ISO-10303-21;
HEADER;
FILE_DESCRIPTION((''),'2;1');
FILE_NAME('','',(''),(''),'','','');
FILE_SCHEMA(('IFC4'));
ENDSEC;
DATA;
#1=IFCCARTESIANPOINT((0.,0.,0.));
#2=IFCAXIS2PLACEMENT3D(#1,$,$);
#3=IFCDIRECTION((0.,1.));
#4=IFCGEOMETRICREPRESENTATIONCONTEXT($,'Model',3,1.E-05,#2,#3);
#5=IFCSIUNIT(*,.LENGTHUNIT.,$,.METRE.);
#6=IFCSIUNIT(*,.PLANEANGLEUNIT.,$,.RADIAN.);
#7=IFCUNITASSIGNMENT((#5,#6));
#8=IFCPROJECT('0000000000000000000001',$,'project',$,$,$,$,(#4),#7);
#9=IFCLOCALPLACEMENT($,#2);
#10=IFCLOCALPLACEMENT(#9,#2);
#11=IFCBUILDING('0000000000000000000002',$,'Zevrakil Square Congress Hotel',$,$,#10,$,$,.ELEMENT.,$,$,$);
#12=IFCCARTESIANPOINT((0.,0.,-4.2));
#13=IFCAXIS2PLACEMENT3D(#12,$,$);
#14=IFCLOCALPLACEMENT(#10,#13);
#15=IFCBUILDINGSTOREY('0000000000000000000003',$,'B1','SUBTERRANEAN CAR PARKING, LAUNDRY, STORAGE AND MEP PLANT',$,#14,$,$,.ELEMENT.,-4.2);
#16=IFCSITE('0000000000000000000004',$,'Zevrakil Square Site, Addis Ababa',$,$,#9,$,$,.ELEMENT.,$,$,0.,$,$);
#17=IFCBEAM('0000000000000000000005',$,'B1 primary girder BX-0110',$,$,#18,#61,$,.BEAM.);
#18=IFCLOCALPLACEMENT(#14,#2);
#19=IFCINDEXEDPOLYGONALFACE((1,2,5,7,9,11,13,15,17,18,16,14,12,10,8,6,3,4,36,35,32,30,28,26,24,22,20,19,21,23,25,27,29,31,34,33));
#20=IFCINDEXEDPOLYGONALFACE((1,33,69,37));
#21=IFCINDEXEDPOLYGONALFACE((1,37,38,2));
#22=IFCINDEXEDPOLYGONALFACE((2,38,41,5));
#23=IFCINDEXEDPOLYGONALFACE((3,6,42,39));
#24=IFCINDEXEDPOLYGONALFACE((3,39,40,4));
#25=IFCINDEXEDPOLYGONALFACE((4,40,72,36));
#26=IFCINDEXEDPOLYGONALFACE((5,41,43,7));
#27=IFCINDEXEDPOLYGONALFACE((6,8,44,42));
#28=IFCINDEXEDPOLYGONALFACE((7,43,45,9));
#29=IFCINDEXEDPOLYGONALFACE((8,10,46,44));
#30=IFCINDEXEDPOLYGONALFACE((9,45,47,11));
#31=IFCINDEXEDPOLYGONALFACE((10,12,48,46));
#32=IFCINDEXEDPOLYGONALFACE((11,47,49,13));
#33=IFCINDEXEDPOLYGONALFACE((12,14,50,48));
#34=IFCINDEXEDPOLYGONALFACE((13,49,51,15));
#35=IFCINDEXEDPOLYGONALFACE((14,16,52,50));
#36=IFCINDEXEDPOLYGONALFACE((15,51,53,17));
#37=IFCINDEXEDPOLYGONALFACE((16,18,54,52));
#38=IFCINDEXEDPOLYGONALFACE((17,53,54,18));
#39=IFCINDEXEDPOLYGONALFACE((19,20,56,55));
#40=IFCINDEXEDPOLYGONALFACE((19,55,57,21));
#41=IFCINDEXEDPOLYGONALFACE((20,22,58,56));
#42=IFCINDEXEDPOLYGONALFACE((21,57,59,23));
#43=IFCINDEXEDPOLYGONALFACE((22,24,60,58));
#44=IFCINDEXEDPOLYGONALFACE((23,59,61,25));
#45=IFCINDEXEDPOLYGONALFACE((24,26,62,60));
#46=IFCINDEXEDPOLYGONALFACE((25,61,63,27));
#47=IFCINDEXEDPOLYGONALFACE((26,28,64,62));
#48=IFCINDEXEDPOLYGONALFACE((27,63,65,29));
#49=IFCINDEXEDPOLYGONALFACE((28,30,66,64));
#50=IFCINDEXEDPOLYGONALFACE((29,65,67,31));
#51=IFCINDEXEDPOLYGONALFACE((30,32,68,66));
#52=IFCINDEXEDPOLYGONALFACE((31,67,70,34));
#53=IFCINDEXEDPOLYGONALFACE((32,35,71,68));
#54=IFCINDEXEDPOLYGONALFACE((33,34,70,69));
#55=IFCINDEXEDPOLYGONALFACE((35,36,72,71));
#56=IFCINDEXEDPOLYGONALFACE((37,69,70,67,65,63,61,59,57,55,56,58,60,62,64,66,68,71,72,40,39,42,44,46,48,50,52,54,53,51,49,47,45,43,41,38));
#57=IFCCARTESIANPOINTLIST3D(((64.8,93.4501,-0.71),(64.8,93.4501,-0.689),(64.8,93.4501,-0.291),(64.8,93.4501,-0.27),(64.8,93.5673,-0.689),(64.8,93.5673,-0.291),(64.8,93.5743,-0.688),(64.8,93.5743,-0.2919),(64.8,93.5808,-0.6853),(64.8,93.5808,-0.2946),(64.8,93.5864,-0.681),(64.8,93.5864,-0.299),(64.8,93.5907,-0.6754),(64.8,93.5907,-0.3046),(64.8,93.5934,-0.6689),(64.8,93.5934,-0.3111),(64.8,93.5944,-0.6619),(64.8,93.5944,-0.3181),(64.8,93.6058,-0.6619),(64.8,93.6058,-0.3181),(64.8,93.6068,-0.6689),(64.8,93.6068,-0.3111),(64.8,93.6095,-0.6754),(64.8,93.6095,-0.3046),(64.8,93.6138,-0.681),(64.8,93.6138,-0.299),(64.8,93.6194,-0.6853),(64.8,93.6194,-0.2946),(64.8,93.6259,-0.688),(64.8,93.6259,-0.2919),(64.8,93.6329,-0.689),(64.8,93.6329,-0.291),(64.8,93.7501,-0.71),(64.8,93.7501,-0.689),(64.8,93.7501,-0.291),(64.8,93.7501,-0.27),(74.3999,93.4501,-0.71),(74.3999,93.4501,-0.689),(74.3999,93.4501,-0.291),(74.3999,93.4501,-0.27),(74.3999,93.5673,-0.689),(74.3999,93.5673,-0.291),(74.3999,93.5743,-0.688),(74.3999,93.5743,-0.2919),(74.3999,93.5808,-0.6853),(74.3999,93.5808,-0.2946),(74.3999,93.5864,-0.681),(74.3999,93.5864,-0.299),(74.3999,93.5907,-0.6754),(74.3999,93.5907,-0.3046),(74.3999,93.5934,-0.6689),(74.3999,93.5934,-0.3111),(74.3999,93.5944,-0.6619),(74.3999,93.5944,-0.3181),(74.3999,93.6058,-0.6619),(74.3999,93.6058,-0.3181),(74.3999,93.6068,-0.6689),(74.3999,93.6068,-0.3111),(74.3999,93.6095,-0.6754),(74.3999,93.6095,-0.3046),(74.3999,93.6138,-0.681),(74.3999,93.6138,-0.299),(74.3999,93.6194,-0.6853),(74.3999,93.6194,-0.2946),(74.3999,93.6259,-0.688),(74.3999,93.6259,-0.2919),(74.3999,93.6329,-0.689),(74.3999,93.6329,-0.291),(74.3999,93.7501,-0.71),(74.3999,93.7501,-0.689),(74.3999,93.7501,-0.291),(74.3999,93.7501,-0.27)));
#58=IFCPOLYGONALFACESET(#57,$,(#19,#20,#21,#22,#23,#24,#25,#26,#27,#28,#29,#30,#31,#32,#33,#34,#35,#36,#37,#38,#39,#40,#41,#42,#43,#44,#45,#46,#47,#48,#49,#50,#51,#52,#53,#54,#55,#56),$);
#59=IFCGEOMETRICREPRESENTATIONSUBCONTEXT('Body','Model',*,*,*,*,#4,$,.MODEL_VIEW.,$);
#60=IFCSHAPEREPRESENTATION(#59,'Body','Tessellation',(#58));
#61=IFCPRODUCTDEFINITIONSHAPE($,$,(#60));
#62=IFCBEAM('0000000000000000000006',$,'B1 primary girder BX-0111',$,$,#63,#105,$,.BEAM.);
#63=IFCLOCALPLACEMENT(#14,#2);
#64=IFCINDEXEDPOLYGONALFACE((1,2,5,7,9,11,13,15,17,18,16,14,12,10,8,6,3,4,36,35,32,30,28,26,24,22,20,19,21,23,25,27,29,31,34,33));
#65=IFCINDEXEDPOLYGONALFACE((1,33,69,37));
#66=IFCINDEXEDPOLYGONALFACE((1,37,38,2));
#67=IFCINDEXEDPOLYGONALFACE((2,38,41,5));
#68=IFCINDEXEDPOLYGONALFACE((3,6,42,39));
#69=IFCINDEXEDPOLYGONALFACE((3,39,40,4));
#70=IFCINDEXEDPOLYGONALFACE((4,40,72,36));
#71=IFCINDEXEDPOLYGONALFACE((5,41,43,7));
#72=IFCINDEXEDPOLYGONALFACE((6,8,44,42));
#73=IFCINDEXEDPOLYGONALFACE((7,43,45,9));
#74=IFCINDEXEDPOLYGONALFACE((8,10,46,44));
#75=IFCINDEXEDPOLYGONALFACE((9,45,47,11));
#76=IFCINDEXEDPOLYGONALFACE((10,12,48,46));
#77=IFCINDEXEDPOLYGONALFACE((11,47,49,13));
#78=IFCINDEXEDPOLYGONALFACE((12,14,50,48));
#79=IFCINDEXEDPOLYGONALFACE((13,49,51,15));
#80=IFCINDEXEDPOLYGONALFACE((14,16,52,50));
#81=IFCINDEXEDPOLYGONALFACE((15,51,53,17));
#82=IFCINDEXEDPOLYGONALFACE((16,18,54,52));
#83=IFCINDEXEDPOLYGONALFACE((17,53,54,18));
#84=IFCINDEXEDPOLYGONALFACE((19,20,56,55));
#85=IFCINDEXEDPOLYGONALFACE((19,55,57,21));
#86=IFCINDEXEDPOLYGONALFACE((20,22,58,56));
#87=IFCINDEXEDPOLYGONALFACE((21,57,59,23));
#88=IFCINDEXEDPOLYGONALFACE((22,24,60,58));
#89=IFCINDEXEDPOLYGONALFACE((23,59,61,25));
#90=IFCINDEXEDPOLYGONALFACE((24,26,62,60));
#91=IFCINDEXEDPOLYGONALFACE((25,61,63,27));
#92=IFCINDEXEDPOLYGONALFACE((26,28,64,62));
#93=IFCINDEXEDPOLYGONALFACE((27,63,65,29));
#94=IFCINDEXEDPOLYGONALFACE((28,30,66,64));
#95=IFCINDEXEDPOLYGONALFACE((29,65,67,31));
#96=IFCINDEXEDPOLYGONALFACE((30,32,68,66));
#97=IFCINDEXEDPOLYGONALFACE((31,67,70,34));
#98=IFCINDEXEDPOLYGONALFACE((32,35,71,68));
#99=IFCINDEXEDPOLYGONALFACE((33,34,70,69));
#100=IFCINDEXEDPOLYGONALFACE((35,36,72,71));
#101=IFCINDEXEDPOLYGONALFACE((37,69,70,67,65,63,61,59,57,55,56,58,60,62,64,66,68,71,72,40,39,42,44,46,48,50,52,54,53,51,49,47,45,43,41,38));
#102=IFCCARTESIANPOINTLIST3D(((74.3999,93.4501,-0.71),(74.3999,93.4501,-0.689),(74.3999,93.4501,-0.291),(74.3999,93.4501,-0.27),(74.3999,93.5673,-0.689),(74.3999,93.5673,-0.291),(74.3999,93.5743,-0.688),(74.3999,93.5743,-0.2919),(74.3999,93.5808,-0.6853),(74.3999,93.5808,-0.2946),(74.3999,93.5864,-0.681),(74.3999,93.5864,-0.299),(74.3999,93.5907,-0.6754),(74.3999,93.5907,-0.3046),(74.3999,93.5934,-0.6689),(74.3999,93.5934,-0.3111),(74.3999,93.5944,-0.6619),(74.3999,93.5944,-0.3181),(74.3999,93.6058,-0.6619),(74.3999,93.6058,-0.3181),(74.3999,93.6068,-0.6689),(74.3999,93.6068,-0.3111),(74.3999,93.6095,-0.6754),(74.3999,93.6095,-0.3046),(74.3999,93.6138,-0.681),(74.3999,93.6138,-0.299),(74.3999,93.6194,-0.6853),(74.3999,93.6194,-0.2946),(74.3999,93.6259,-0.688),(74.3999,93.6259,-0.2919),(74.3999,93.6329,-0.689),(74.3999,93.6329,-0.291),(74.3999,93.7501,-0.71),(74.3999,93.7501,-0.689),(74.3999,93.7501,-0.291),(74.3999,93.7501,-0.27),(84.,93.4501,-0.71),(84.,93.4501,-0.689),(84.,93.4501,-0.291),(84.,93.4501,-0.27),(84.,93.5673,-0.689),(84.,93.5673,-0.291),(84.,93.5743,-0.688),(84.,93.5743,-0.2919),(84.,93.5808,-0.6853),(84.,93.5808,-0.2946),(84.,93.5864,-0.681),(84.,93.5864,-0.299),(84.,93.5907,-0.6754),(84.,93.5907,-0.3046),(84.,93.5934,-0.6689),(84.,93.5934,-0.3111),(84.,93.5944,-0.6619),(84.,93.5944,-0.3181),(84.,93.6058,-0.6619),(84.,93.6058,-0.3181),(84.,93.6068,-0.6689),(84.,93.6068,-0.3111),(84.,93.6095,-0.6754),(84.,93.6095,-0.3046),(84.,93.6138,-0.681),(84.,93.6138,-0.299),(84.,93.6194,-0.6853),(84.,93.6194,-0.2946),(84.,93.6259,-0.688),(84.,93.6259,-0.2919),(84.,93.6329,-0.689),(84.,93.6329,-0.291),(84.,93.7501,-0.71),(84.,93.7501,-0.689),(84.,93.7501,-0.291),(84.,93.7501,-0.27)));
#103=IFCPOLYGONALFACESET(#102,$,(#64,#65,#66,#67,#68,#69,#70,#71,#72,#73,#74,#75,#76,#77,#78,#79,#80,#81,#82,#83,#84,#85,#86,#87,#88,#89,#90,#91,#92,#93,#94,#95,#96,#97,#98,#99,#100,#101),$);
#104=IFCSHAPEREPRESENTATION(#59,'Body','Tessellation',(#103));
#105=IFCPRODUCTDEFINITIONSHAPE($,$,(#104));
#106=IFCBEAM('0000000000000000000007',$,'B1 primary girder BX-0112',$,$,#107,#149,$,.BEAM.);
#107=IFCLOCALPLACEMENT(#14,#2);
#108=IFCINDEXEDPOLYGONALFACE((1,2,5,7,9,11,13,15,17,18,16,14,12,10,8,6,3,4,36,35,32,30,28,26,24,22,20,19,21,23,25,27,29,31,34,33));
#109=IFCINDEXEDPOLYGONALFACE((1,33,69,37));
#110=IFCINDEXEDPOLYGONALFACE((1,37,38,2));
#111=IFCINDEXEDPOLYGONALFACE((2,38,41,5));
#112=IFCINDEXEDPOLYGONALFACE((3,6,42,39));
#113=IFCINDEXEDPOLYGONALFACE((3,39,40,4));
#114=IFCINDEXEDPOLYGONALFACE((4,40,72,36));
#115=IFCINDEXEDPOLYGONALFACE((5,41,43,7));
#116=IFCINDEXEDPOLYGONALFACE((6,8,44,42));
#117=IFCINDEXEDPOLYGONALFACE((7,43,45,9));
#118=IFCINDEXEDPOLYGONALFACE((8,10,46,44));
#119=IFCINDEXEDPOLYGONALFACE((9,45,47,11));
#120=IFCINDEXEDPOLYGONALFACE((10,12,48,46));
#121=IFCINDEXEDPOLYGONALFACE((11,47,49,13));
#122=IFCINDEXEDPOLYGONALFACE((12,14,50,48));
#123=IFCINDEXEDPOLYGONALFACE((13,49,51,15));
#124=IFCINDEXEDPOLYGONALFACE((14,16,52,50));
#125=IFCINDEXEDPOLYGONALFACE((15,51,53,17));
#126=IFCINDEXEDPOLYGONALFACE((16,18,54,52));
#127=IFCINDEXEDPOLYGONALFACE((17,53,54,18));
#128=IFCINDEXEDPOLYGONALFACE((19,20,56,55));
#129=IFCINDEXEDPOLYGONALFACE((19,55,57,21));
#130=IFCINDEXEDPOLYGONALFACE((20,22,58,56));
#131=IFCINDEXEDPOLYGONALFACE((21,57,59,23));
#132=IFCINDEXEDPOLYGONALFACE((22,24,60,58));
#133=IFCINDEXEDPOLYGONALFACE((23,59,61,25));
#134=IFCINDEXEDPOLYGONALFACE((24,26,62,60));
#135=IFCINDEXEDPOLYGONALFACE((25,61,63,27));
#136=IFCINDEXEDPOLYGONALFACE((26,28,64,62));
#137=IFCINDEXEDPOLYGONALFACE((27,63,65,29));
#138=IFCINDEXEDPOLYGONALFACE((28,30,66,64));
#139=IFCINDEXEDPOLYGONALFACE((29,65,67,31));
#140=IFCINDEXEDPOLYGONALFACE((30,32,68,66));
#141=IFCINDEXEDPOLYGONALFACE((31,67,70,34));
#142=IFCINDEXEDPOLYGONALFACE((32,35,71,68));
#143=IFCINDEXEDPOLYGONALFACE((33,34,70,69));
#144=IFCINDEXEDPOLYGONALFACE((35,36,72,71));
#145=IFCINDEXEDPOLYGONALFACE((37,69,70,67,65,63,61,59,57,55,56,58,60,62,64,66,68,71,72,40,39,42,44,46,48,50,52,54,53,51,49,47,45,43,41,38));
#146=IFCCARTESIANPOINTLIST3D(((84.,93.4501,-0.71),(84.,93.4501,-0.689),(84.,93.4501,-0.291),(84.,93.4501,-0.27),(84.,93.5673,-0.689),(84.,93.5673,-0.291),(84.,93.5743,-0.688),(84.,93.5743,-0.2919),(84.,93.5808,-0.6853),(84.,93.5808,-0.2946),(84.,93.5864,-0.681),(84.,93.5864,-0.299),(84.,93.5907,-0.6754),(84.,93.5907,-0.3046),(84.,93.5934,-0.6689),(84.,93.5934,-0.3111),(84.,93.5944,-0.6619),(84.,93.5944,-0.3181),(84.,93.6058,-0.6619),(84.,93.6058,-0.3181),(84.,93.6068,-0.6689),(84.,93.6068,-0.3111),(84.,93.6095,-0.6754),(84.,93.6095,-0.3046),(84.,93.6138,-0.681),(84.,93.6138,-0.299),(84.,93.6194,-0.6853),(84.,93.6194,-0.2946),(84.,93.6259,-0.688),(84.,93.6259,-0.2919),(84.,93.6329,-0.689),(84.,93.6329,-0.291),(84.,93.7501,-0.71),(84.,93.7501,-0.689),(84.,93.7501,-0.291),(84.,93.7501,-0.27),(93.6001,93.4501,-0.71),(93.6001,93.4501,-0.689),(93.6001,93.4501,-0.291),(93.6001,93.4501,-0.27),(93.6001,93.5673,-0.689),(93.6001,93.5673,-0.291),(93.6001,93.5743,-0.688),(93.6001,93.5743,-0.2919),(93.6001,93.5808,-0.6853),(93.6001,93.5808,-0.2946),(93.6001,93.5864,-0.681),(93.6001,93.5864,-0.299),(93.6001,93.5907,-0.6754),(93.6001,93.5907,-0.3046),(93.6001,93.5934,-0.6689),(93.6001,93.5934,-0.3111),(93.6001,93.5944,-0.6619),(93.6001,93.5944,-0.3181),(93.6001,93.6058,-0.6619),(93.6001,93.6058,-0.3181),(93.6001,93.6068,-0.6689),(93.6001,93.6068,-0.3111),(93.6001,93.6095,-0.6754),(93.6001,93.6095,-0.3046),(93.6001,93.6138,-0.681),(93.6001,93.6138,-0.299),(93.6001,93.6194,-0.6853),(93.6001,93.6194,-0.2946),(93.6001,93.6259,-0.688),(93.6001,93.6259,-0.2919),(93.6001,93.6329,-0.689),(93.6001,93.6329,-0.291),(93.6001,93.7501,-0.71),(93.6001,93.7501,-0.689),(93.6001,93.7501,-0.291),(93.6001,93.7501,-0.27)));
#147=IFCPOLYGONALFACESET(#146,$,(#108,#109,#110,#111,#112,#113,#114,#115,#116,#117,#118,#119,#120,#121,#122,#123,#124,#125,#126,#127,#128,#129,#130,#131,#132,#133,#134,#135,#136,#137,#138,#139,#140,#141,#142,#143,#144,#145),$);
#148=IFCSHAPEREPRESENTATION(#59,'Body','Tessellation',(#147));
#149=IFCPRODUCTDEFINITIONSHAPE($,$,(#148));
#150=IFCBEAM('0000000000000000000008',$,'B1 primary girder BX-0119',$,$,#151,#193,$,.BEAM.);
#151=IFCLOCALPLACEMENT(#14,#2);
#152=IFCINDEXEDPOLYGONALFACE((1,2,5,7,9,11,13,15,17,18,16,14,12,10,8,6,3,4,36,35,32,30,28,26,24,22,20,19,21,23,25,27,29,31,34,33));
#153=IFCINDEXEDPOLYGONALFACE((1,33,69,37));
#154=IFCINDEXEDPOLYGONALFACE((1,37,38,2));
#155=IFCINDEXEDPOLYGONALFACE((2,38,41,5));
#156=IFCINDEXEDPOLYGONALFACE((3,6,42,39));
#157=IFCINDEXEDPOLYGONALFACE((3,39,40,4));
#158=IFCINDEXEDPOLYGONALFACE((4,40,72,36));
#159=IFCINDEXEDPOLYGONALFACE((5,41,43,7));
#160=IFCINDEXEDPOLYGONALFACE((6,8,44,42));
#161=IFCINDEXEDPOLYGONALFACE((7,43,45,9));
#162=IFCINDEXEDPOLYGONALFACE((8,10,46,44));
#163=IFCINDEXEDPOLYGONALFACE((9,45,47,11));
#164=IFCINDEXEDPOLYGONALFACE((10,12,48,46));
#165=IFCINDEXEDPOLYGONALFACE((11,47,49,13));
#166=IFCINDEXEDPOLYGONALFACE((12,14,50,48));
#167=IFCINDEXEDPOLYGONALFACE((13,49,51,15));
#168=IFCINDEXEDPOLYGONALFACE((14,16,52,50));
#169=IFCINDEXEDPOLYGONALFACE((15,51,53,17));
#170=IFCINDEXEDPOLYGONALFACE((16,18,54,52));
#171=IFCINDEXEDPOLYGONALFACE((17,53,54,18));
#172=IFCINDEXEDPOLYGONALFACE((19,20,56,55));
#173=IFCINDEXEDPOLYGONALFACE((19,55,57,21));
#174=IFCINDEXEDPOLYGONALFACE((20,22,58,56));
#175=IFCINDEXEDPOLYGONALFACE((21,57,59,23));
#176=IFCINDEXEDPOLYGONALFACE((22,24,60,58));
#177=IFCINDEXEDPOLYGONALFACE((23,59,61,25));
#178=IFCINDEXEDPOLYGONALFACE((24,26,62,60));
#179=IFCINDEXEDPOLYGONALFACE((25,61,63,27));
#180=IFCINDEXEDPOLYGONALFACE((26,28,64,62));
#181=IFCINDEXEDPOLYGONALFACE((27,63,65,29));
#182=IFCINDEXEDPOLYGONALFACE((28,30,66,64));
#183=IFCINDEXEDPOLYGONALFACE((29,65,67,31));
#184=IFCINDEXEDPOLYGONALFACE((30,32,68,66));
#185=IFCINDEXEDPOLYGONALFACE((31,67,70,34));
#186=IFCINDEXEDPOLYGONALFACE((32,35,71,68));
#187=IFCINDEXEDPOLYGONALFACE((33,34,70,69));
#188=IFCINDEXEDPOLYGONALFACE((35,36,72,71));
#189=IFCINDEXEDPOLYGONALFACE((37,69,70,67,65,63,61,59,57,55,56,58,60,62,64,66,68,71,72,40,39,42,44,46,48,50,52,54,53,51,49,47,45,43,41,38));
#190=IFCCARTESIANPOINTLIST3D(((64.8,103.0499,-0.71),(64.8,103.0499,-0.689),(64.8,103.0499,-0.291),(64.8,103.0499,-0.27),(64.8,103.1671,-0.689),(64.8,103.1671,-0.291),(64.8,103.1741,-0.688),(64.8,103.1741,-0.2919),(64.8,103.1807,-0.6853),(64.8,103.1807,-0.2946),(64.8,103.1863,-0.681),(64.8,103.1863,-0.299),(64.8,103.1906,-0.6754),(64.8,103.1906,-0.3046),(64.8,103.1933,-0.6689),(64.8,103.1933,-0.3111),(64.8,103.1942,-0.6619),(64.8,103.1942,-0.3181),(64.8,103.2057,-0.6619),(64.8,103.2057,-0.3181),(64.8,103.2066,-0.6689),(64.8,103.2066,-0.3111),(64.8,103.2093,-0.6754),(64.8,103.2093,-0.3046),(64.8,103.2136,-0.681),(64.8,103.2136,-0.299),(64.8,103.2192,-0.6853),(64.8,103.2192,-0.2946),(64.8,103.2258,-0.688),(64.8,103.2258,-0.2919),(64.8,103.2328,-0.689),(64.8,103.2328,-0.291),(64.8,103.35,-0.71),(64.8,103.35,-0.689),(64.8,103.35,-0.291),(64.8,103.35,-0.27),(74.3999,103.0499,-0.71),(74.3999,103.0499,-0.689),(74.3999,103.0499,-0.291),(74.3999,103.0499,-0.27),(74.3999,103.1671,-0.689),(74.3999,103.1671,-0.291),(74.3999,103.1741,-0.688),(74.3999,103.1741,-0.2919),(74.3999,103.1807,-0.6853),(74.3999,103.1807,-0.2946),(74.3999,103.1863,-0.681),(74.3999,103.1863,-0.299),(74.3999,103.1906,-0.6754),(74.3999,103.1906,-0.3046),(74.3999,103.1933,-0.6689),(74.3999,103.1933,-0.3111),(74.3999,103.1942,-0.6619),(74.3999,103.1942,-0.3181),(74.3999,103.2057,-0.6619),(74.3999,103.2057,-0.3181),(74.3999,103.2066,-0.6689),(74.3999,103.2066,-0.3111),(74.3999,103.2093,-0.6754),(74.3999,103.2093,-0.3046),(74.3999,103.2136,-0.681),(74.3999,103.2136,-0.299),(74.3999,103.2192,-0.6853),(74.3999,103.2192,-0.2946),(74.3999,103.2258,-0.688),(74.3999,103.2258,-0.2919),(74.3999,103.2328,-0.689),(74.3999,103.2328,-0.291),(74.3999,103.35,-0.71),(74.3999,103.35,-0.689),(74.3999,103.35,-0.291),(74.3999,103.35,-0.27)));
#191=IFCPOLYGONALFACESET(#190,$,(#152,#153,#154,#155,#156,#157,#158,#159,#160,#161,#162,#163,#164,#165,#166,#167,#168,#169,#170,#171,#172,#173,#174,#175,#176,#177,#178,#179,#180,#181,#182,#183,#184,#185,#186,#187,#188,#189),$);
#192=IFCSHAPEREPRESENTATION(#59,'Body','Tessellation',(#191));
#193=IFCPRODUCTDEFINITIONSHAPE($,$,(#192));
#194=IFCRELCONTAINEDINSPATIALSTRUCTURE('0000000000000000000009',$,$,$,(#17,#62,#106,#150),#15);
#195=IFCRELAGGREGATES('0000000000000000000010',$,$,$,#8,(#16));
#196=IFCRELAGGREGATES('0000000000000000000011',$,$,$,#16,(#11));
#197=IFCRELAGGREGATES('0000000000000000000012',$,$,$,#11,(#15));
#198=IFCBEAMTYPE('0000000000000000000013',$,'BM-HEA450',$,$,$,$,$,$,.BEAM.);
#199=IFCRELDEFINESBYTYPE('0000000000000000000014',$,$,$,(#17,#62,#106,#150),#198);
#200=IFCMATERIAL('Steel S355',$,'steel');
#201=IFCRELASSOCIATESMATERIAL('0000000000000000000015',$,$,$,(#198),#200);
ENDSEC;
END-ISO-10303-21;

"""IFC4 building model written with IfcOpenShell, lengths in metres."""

from ifc_helpers import new_model, si_unit, direction, frame, origin, origin_2d, place, context, subcontext, project, spatial, i_section, extrude, material, material_profile, profile_set, type_object, element, save


model = new_model("IFC4")

# Units and contexts
model_context = context("Model", 3, precision=1e-05, world=origin(), true_north=direction((0.0, 1.0)))
body_context = subcontext(model_context, "Body", "Model", "MODEL_VIEW")
ifc_project = project(units=[si_unit("LENGTHUNIT", "METRE"), si_unit("PLANEANGLEUNIT", "RADIAN")], contexts=[model_context])

# Site, building, storey
site_placement = place(None, origin())
site = spatial("IfcSite", under=ifc_project, at=site_placement, Name="Zevrakil Square Site, Addis Ababa", CompositionType="ELEMENT", RefElevation=0.0)
building_placement = place(site_placement, origin())
building = spatial("IfcBuilding", under=site, at=building_placement, Name="Zevrakil Square Congress Hotel", CompositionType="ELEMENT")
storey_placement = place(building_placement, frame((0.0, 0.0, -4.2)))
storey = spatial("IfcBuildingStorey", under=building, at=storey_placement, Name="B1", Description="SUBTERRANEAN CAR PARKING, LAUNDRY, STORAGE AND MEP PLANT", CompositionType="ELEMENT", Elevation=-4.2)

# Beams
ifc_material_1 = material(Name="Steel S355", Category="steel")
ifc_material_profile_1 = material_profile(ifc_material_1, i_section(OverallWidth=0.3, OverallDepth=0.4399, WebThickness=0.0115, FlangeThickness=0.021, FilletRadius=0.0271, at=origin_2d()), Name="HEA 450")
ifc_profile_set_1 = profile_set([ifc_material_profile_1], Name="Steel S355")
beam_type_1 = type_object("IfcBeamType", Name="BM-HEA450", PredefinedType="BEAM", material=ifc_profile_set_1)
beam_1_placement = place(storey_placement, frame((64.8, 93.6001, -0.49), z_axis=(1.0, 0.0, 0.0), x_axis=(0.0, 1.0, 0.0)))
element("IfcBeam", 1, at=beam_1_placement, inside=storey, type_object=beam_type_1, Name="B1 primary girder BX-0110", PredefinedType="BEAM", context=body_context, shape_type="SweptSolid", body=[
    extrude(i_section(OverallWidth=0.3, OverallDepth=0.4399, WebThickness=0.0115, FlangeThickness=0.021, FilletRadius=0.0271, at=origin_2d()), origin(), (0.0, 0.0, 1.0), 9.5999),
])
for number, where, z_axis, x_axis, name in (
    (2, (74.3999, 93.6001, -0.49), (1.0, 0.0, 0.0), (0.0, 1.0, 0.0), "B1 primary girder BX-0111"),
    (3, (84.0, 93.6001, -0.49), (1.0, 0.0, 0.0), (0.0, 1.0, 0.0), "B1 primary girder BX-0112"),
):
    element("IfcBeam", number, at=place(storey_placement, frame(where, z_axis=z_axis, x_axis=x_axis)), inside=storey, type_object=beam_type_1, Name=name, PredefinedType="BEAM", context=body_context, shape_type="SweptSolid", body=[
        extrude(i_section(OverallWidth=0.3, OverallDepth=0.4399, WebThickness=0.0115, FlangeThickness=0.021, FilletRadius=0.0271, at=origin_2d()), origin(), (0.0, 0.0, 1.0), 9.6001),
    ])
beam_2_placement = place(storey_placement, frame((64.8, 103.2, -0.49), z_axis=(1.0, 0.0, 0.0), x_axis=(0.0, 1.0, 0.0)))
element("IfcBeam", 4, at=beam_2_placement, inside=storey, type_object=beam_type_1, Name="B1 primary girder BX-0119", PredefinedType="BEAM", context=body_context, shape_type="SweptSolid", body=[
    extrude(i_section(OverallWidth=0.3, OverallDepth=0.4399, WebThickness=0.0115, FlangeThickness=0.021, FilletRadius=0.0271, at=origin_2d()), origin(), (0.0, 0.0, 1.0), 9.5999),
])

save(model, "model.ifc")
